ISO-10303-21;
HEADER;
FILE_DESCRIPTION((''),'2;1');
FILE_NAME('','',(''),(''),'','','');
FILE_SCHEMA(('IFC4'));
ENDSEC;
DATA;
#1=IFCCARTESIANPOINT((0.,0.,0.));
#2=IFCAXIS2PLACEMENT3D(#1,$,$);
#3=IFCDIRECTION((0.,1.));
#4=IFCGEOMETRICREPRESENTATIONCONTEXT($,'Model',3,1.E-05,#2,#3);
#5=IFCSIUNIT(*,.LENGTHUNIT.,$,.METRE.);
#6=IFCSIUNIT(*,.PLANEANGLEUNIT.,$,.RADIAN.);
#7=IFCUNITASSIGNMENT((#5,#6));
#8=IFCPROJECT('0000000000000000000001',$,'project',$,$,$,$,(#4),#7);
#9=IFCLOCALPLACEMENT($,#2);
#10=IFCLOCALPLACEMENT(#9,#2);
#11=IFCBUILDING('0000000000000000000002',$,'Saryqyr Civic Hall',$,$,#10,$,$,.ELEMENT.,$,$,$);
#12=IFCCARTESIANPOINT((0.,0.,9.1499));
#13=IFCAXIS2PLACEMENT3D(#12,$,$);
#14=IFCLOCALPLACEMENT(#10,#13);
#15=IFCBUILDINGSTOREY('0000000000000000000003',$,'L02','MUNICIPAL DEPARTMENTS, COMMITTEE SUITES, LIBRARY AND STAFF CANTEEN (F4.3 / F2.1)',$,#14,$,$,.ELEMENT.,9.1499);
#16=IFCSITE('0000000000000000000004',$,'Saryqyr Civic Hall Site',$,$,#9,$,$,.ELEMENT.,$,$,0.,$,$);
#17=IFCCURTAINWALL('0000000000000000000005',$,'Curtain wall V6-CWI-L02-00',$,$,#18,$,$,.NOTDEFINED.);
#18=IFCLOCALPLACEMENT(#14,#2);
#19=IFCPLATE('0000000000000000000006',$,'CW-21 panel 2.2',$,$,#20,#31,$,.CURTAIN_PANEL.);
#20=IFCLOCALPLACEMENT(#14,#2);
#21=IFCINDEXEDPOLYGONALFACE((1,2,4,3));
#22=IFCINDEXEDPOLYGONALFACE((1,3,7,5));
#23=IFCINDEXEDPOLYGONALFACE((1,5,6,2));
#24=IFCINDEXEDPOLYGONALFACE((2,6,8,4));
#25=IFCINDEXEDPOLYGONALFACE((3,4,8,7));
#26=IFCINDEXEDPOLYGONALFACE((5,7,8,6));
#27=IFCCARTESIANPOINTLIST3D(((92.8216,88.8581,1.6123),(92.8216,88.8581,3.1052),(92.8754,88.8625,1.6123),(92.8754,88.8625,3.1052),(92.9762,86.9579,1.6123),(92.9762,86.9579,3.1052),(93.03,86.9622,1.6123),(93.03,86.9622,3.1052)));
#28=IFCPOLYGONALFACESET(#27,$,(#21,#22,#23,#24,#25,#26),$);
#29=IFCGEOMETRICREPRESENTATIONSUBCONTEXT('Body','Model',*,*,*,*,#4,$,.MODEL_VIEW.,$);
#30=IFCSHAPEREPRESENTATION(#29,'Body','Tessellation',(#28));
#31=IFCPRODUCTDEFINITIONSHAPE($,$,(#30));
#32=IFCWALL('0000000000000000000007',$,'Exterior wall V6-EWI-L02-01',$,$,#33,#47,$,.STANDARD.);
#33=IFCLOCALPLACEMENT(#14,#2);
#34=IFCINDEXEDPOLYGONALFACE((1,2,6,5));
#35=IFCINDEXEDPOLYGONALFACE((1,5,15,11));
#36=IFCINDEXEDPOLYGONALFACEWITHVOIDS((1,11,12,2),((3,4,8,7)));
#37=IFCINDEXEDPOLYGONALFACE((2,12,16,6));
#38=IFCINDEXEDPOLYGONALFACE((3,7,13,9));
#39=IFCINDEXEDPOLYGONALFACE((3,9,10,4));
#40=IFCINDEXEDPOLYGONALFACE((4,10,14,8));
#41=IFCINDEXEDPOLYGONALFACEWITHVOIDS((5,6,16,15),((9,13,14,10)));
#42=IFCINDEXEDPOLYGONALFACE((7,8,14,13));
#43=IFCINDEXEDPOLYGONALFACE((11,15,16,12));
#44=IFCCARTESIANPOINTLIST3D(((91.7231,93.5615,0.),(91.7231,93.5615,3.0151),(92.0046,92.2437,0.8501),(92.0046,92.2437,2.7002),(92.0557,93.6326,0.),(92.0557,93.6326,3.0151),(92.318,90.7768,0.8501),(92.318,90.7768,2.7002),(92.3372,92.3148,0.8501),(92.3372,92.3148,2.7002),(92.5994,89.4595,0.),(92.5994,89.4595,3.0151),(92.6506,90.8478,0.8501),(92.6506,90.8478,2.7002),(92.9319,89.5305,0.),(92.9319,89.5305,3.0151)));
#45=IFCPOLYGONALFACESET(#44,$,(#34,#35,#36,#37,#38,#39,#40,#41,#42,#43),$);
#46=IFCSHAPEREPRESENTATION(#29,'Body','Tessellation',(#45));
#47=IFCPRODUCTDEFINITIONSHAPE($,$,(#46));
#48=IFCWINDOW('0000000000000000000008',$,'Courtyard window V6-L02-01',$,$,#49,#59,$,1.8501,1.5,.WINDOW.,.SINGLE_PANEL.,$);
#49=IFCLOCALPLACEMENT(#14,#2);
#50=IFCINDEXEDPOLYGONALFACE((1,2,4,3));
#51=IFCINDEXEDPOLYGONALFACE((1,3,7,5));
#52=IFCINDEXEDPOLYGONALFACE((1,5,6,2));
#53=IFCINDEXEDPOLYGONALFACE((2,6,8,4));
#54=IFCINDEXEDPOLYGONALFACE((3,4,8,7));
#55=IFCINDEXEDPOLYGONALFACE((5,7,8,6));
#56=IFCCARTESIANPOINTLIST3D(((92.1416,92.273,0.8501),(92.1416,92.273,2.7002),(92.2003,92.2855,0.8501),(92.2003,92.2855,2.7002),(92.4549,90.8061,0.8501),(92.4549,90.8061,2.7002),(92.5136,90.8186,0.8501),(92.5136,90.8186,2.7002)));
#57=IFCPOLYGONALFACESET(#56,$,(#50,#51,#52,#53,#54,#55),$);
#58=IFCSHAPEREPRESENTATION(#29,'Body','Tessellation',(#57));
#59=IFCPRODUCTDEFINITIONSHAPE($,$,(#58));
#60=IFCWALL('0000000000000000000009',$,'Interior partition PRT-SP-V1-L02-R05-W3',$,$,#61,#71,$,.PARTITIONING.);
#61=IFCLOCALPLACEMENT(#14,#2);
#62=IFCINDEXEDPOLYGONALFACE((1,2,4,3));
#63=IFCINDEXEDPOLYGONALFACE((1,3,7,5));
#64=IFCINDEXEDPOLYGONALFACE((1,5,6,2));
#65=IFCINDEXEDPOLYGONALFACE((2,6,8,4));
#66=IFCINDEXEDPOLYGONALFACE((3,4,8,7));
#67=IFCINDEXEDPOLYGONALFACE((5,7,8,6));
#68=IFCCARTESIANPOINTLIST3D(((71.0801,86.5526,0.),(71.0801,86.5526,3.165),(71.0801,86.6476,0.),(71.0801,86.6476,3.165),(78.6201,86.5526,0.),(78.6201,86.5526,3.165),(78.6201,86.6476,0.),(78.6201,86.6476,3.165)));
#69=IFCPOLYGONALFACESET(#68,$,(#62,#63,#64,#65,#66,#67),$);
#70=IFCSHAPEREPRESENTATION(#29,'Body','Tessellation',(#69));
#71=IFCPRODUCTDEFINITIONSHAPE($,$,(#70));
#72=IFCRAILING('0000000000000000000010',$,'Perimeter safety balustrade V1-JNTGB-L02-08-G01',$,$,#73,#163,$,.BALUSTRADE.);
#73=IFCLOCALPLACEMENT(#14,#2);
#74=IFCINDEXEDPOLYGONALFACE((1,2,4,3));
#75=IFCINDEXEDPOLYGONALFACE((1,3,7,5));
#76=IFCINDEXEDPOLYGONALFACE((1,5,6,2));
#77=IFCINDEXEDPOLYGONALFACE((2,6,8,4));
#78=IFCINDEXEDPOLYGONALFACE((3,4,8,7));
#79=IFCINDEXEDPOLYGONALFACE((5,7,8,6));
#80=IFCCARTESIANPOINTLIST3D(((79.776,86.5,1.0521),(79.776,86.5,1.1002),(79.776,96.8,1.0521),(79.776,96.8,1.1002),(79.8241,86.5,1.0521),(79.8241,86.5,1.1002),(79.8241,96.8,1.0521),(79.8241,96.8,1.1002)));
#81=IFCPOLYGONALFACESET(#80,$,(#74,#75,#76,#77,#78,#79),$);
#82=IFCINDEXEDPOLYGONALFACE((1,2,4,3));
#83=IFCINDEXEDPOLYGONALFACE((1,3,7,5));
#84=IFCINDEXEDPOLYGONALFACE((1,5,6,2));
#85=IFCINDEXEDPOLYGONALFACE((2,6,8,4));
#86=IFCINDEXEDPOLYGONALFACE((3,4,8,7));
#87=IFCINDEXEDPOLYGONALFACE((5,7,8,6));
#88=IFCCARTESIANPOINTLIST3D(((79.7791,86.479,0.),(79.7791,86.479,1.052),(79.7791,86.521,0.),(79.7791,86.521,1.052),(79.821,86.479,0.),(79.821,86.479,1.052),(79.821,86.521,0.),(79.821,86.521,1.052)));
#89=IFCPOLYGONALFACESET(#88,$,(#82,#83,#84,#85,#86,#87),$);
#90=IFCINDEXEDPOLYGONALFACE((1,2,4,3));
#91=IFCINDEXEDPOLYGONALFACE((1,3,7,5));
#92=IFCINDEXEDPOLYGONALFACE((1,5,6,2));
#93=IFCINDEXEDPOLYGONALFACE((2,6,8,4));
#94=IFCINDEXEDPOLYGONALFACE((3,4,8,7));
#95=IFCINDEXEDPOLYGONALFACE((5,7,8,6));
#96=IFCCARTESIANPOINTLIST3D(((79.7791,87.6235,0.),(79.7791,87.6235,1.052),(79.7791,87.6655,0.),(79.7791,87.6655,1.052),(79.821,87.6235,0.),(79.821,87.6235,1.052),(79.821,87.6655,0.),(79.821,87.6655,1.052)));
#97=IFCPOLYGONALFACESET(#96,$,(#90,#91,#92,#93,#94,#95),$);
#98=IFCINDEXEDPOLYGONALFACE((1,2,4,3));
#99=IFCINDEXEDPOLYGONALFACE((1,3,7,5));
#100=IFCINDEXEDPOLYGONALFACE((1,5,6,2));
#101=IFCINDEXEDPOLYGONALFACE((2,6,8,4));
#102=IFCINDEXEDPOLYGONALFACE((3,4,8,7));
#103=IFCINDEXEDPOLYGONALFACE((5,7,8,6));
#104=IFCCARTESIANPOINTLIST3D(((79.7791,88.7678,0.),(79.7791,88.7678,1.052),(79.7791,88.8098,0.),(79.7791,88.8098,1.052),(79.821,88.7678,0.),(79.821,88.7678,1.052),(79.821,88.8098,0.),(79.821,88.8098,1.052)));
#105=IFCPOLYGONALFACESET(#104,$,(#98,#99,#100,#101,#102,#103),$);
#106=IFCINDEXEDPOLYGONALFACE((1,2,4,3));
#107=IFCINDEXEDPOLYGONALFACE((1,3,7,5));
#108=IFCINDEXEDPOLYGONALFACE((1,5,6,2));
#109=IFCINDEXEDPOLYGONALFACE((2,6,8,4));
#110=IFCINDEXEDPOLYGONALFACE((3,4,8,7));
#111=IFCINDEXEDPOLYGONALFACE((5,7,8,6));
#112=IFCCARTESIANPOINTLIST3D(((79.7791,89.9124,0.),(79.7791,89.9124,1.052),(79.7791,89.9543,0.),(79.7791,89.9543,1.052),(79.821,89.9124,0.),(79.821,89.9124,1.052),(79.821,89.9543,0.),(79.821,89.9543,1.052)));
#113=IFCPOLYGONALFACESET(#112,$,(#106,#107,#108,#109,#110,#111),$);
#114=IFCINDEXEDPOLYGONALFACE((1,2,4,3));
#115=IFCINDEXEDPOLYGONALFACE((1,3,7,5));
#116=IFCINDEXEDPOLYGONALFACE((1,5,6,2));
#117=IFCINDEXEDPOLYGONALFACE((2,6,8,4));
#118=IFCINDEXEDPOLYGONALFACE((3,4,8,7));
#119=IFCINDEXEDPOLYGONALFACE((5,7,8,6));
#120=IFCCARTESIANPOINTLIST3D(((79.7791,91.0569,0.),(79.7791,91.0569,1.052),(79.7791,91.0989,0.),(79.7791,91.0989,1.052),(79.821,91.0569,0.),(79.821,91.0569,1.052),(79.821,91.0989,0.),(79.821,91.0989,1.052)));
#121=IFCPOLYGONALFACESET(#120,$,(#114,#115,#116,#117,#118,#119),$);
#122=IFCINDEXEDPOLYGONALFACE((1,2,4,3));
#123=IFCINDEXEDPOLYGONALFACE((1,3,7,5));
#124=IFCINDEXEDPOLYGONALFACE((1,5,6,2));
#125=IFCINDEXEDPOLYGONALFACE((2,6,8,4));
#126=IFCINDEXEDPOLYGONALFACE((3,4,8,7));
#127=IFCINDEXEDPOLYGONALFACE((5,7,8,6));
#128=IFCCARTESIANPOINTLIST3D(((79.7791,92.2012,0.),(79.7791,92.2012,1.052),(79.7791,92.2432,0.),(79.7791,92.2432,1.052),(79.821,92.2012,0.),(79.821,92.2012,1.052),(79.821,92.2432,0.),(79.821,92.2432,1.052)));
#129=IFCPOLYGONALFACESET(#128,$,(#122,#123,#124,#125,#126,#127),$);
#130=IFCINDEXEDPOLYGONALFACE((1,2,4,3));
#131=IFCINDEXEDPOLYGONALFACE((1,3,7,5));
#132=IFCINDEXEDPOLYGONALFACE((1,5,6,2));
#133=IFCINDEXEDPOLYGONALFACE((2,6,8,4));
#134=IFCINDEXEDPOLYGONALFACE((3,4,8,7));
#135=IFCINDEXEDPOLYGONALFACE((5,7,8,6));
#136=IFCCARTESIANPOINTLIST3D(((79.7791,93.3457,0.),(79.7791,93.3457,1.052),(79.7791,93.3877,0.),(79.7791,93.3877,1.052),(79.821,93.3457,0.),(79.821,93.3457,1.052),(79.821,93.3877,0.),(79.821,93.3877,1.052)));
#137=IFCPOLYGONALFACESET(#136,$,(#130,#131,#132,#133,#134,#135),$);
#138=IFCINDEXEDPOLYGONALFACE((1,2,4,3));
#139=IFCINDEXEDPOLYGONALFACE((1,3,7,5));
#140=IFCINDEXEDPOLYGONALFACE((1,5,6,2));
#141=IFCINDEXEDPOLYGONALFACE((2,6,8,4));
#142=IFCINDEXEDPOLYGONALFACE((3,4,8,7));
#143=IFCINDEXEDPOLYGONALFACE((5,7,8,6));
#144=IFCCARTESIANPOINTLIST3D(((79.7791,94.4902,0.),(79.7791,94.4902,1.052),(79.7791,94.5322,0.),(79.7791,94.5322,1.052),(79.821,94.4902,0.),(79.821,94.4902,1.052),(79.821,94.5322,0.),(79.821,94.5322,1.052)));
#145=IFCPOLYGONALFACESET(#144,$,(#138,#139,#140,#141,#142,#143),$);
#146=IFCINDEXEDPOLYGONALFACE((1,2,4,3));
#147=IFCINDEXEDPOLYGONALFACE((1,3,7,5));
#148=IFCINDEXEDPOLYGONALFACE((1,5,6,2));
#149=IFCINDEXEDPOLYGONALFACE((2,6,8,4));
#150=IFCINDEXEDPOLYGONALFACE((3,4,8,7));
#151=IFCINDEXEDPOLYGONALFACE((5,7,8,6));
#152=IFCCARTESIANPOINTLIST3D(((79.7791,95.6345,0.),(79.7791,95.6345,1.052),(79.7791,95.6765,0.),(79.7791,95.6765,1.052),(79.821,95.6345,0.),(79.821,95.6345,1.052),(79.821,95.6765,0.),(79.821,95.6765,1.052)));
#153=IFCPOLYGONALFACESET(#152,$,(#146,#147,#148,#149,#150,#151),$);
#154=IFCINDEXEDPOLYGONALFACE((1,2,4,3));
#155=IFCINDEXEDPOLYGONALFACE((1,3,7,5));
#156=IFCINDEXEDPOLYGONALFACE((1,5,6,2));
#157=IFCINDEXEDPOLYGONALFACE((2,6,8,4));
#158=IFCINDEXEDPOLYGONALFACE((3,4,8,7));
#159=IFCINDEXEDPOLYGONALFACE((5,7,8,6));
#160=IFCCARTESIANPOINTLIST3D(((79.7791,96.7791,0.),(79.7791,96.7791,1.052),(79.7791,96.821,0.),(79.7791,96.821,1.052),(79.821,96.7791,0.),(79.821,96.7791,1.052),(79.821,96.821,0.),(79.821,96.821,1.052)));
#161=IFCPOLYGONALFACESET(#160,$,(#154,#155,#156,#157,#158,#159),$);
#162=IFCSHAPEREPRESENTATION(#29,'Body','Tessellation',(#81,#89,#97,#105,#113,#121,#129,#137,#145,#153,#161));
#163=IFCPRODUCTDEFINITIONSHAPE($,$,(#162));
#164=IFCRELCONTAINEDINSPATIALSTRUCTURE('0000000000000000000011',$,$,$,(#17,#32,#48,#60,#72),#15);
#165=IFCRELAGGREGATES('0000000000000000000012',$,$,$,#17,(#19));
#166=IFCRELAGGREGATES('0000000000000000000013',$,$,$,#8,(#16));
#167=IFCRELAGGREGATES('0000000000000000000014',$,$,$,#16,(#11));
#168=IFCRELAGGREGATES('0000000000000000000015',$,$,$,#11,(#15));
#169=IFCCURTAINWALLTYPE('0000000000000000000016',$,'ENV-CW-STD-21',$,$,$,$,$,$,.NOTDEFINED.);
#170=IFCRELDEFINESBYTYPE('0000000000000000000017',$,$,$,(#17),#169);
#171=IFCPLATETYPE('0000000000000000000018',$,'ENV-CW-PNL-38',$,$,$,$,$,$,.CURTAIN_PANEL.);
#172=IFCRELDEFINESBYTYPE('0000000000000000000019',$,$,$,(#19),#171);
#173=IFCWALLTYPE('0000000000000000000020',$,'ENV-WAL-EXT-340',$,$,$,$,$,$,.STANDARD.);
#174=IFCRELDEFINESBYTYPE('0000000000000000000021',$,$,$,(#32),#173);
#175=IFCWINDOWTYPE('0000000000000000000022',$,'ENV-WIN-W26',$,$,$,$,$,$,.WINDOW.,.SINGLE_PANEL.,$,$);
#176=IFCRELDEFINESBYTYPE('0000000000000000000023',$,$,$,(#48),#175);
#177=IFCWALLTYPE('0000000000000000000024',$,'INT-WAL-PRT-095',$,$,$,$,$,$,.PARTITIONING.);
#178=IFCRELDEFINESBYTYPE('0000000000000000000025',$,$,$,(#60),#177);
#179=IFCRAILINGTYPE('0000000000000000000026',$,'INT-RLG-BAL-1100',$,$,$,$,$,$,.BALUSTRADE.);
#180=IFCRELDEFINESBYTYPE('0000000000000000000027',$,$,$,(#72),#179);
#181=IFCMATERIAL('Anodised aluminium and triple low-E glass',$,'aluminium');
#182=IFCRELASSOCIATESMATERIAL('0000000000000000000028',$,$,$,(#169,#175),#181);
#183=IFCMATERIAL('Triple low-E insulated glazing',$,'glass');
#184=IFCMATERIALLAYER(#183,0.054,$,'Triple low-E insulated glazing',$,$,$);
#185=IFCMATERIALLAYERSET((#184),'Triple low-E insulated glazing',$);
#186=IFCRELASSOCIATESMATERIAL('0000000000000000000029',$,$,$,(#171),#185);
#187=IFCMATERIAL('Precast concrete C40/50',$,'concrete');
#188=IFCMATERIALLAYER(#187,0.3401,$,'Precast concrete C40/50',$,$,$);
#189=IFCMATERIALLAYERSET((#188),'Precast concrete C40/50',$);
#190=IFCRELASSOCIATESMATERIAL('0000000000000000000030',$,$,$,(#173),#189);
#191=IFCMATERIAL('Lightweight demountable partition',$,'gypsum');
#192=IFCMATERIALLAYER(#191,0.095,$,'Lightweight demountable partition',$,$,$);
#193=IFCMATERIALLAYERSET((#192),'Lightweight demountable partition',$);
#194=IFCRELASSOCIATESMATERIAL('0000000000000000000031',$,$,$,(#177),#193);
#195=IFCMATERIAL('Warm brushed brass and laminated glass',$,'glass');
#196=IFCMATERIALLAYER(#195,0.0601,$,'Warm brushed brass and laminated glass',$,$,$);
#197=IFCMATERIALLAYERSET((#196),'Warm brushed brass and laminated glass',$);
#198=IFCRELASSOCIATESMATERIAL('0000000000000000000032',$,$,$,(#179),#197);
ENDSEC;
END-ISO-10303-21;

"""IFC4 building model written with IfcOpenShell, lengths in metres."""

from ifc_helpers import new_model, si_unit, direction, frame, frame_2d, origin, origin_2d, place, context, subcontext, project, spatial, rectangle, extrude, material, layer, layer_set, type_object, element, fill, aggregate, save


model = new_model("IFC4")

# Units and contexts
model_context = context("Model", 3, precision=1e-05, world=origin(), true_north=direction((0.0, 1.0)))
body_context = subcontext(model_context, "Body", "Model", "MODEL_VIEW")
ifc_project = project(units=[si_unit("LENGTHUNIT", "METRE"), si_unit("PLANEANGLEUNIT", "RADIAN")], contexts=[model_context])

# Site, building, storey
site_placement = place(None, origin())
site = spatial("IfcSite", under=ifc_project, at=site_placement, Name="Saryqyr Civic Hall Site", CompositionType="ELEMENT", RefElevation=0.0)
building_placement = place(site_placement, origin())
building = spatial("IfcBuilding", under=site, at=building_placement, Name="Saryqyr Civic Hall", CompositionType="ELEMENT")
storey_placement = place(building_placement, frame((0.0, 0.0, 9.1499)))
storey = spatial("IfcBuildingStorey", under=building, at=storey_placement, Name="L02", Description="MUNICIPAL DEPARTMENTS, COMMITTEE SUITES, LIBRARY AND STAFF CANTEEN (F4.3 / F2.1)", CompositionType="ELEMENT", Elevation=9.1499)

# Curtain wall
ifc_material_1 = material(Name="Anodised aluminium and triple low-E glass", Category="aluminium")
curtain_wall_type_1 = type_object("IfcCurtainWallType", Name="ENV-CW-STD-21", PredefinedType="NOTDEFINED", material=ifc_material_1)
curtain_wall_1_placement = place(storey_placement, origin())
curtain_wall_1 = element("IfcCurtainWall", 1, at=curtain_wall_1_placement, inside=storey, type_object=curtain_wall_type_1, Name="Curtain wall V6-CWI-L02-00", PredefinedType="NOTDEFINED")

# Plate
ifc_material_2 = material(Name="Triple low-E insulated glazing", Category="glass")
ifc_layer_1 = layer(ifc_material_2, 0.054, Name="Triple low-E insulated glazing")
ifc_layer_set_1 = layer_set([ifc_layer_1], Name="Triple low-E insulated glazing")
plate_type = type_object("IfcPlateType", Name="ENV-CW-PNL-38", PredefinedType="CURTAIN_PANEL", material=ifc_layer_set_1)
plate_1_placement = place(storey_placement, frame((92.9258, 87.9102, 1.6123), z_axis=(0.0, 0.0, 1.0), x_axis=(-0.081091, 0.996707, 0.0)))
plate_1 = element("IfcPlate", 2, at=plate_1_placement, type_object=plate_type, Name="CW-21 panel 2.2", PredefinedType="CURTAIN_PANEL", context=body_context, shape_type="SweptSolid", body=[
    extrude(rectangle(XDim=1.9065, YDim=0.054, at=origin_2d()), origin(), (0.0, 0.0, 1.0), 1.4929),
])
aggregate(curtain_wall_1, [plate_1])

# Wall, opening, window
ifc_material_3 = material(Name="Precast concrete C40/50", Category="concrete")
ifc_layer_2 = layer(ifc_material_3, 0.3401, Name="Precast concrete C40/50")
ifc_layer_set_2 = layer_set([ifc_layer_2], Name="Precast concrete C40/50")
wall_type_1 = type_object("IfcWallType", Name="ENV-WAL-EXT-340", PredefinedType="STANDARD", material=ifc_layer_set_2)
wall_1_placement = place(storey_placement, frame((92.7656, 89.4951, 0.0), z_axis=(0.0, 0.0, 1.0), x_axis=(-0.208893, 0.977938, 0.0)))
wall_1 = element("IfcWall", 3, at=wall_1_placement, inside=storey, type_object=wall_type_1, Name="Exterior wall V6-EWI-L02-01", PredefinedType="STANDARD", context=body_context, shape_type="SweptSolid", body=[
    extrude(rectangle(XDim=4.1946, YDim=0.3401, at=frame_2d((2.0972, 0.0))), origin(), (0.0, 0.0, 1.0), 3.0151),
])
opening_placement = place(wall_1_placement, frame((1.3469, 0.0, 0.8501)))
opening = element("IfcOpeningElement", 4, at=opening_placement, cuts=wall_1, PredefinedType="OPENING", context=body_context, shape_type="SweptSolid", body=[
    extrude(rectangle(XDim=1.5, YDim=1.8501, at=frame_2d((0.75, 0.925))), frame((0.0, 0.1799, 0.0), z_axis=(0.0, -1.0, 0.0), x_axis=(1.0, 0.0, 0.0)), (0.0, 0.0, 1.0), 0.3601),
])
window_type = type_object("IfcWindowType", Name="ENV-WIN-W26", PartitioningType="SINGLE_PANEL", PredefinedType="WINDOW", material=ifc_material_1)
window_placement = place(opening_placement, origin())
window = element("IfcWindow", 5, at=window_placement, inside=storey, type_object=window_type, Name="Courtyard window V6-L02-01", OverallHeight=1.8501, OverallWidth=1.5, PartitioningType="SINGLE_PANEL", PredefinedType="WINDOW", context=body_context, shape_type="SweptSolid", body=[
    extrude(rectangle(XDim=1.5, YDim=1.8501, at=frame_2d((0.75, 0.925))), frame((0.0, 0.03, 0.0), z_axis=(0.0, -1.0, 0.0), x_axis=(1.0, 0.0, 0.0)), (0.0, 0.0, 1.0), 0.0601),
])
fill(opening, window)

# Wall
ifc_material_4 = material(Name="Lightweight demountable partition", Category="gypsum")
ifc_layer_3 = layer(ifc_material_4, 0.095, Name="Lightweight demountable partition")
ifc_layer_set_3 = layer_set([ifc_layer_3], Name="Lightweight demountable partition")
wall_type_2 = type_object("IfcWallType", Name="INT-WAL-PRT-095", PredefinedType="PARTITIONING", material=ifc_layer_set_3)
wall_2_placement = place(storey_placement, frame((78.6201, 86.6001, 0.0), z_axis=(0.0, 0.0, 1.0), x_axis=(-1.0, 0.0, 0.0)))
element("IfcWall", 6, at=wall_2_placement, inside=storey, type_object=wall_type_2, Name="Interior partition PRT-SP-V1-L02-R05-W3", PredefinedType="PARTITIONING", context=body_context, shape_type="SweptSolid", body=[
    extrude(rectangle(XDim=7.54, YDim=0.095, at=frame_2d((3.77, 0.0))), origin(), (0.0, 0.0, 1.0), 3.165),
])

# Railing
ifc_material_5 = material(Name="Warm brushed brass and laminated glass", Category="glass")
ifc_layer_4 = layer(ifc_material_5, 0.0601, Name="Warm brushed brass and laminated glass")
ifc_layer_set_4 = layer_set([ifc_layer_4], Name="Warm brushed brass and laminated glass")
railing_type = type_object("IfcRailingType", Name="INT-RLG-BAL-1100", PredefinedType="BALUSTRADE", material=ifc_layer_set_4)
railing_1_placement = place(storey_placement, frame((79.8, 86.5, 0.0)))
element("IfcRailing", 7, at=railing_1_placement, inside=storey, type_object=railing_type, Name="Perimeter safety balustrade V1-JNTGB-L02-08-G01", PredefinedType="BALUSTRADE", context=body_context, shape_type="SweptSolid", body=[
    extrude(rectangle(XDim=0.0481, YDim=0.0481, at=origin_2d()), frame((0.0, 0.0, 1.0762), z_axis=(0.0, 1.0, 0.0), x_axis=(-1.0, 0.0, 0.0)), (0.0, 0.0, 1.0), 10.3),
    extrude(rectangle(XDim=0.042, YDim=0.042, at=origin_2d()), origin(), (0.0, 0.0, 1.0), 1.052),
    extrude(rectangle(XDim=0.042, YDim=0.042, at=origin_2d()), frame((0.0, 1.1445, 0.0)), (0.0, 0.0, 1.0), 1.052),
    extrude(rectangle(XDim=0.042, YDim=0.042, at=origin_2d()), frame((0.0, 2.2888, 0.0)), (0.0, 0.0, 1.0), 1.052),
    extrude(rectangle(XDim=0.042, YDim=0.042, at=origin_2d()), frame((0.0, 3.4333, 0.0)), (0.0, 0.0, 1.0), 1.052),
    extrude(rectangle(XDim=0.042, YDim=0.042, at=origin_2d()), frame((0.0, 4.5779, 0.0)), (0.0, 0.0, 1.0), 1.052),
    extrude(rectangle(XDim=0.042, YDim=0.042, at=origin_2d()), frame((0.0, 5.7222, 0.0)), (0.0, 0.0, 1.0), 1.052),
    extrude(rectangle(XDim=0.042, YDim=0.042, at=origin_2d()), frame((0.0, 6.8667, 0.0)), (0.0, 0.0, 1.0), 1.052),
    extrude(rectangle(XDim=0.042, YDim=0.042, at=origin_2d()), frame((0.0, 8.0112, 0.0)), (0.0, 0.0, 1.0), 1.052),
    extrude(rectangle(XDim=0.042, YDim=0.042, at=origin_2d()), frame((0.0, 9.1555, 0.0)), (0.0, 0.0, 1.0), 1.052),
    extrude(rectangle(XDim=0.042, YDim=0.042, at=origin_2d()), frame((0.0, 10.3, 0.0)), (0.0, 0.0, 1.0), 1.052),
])

save(model, "model.ifc")
